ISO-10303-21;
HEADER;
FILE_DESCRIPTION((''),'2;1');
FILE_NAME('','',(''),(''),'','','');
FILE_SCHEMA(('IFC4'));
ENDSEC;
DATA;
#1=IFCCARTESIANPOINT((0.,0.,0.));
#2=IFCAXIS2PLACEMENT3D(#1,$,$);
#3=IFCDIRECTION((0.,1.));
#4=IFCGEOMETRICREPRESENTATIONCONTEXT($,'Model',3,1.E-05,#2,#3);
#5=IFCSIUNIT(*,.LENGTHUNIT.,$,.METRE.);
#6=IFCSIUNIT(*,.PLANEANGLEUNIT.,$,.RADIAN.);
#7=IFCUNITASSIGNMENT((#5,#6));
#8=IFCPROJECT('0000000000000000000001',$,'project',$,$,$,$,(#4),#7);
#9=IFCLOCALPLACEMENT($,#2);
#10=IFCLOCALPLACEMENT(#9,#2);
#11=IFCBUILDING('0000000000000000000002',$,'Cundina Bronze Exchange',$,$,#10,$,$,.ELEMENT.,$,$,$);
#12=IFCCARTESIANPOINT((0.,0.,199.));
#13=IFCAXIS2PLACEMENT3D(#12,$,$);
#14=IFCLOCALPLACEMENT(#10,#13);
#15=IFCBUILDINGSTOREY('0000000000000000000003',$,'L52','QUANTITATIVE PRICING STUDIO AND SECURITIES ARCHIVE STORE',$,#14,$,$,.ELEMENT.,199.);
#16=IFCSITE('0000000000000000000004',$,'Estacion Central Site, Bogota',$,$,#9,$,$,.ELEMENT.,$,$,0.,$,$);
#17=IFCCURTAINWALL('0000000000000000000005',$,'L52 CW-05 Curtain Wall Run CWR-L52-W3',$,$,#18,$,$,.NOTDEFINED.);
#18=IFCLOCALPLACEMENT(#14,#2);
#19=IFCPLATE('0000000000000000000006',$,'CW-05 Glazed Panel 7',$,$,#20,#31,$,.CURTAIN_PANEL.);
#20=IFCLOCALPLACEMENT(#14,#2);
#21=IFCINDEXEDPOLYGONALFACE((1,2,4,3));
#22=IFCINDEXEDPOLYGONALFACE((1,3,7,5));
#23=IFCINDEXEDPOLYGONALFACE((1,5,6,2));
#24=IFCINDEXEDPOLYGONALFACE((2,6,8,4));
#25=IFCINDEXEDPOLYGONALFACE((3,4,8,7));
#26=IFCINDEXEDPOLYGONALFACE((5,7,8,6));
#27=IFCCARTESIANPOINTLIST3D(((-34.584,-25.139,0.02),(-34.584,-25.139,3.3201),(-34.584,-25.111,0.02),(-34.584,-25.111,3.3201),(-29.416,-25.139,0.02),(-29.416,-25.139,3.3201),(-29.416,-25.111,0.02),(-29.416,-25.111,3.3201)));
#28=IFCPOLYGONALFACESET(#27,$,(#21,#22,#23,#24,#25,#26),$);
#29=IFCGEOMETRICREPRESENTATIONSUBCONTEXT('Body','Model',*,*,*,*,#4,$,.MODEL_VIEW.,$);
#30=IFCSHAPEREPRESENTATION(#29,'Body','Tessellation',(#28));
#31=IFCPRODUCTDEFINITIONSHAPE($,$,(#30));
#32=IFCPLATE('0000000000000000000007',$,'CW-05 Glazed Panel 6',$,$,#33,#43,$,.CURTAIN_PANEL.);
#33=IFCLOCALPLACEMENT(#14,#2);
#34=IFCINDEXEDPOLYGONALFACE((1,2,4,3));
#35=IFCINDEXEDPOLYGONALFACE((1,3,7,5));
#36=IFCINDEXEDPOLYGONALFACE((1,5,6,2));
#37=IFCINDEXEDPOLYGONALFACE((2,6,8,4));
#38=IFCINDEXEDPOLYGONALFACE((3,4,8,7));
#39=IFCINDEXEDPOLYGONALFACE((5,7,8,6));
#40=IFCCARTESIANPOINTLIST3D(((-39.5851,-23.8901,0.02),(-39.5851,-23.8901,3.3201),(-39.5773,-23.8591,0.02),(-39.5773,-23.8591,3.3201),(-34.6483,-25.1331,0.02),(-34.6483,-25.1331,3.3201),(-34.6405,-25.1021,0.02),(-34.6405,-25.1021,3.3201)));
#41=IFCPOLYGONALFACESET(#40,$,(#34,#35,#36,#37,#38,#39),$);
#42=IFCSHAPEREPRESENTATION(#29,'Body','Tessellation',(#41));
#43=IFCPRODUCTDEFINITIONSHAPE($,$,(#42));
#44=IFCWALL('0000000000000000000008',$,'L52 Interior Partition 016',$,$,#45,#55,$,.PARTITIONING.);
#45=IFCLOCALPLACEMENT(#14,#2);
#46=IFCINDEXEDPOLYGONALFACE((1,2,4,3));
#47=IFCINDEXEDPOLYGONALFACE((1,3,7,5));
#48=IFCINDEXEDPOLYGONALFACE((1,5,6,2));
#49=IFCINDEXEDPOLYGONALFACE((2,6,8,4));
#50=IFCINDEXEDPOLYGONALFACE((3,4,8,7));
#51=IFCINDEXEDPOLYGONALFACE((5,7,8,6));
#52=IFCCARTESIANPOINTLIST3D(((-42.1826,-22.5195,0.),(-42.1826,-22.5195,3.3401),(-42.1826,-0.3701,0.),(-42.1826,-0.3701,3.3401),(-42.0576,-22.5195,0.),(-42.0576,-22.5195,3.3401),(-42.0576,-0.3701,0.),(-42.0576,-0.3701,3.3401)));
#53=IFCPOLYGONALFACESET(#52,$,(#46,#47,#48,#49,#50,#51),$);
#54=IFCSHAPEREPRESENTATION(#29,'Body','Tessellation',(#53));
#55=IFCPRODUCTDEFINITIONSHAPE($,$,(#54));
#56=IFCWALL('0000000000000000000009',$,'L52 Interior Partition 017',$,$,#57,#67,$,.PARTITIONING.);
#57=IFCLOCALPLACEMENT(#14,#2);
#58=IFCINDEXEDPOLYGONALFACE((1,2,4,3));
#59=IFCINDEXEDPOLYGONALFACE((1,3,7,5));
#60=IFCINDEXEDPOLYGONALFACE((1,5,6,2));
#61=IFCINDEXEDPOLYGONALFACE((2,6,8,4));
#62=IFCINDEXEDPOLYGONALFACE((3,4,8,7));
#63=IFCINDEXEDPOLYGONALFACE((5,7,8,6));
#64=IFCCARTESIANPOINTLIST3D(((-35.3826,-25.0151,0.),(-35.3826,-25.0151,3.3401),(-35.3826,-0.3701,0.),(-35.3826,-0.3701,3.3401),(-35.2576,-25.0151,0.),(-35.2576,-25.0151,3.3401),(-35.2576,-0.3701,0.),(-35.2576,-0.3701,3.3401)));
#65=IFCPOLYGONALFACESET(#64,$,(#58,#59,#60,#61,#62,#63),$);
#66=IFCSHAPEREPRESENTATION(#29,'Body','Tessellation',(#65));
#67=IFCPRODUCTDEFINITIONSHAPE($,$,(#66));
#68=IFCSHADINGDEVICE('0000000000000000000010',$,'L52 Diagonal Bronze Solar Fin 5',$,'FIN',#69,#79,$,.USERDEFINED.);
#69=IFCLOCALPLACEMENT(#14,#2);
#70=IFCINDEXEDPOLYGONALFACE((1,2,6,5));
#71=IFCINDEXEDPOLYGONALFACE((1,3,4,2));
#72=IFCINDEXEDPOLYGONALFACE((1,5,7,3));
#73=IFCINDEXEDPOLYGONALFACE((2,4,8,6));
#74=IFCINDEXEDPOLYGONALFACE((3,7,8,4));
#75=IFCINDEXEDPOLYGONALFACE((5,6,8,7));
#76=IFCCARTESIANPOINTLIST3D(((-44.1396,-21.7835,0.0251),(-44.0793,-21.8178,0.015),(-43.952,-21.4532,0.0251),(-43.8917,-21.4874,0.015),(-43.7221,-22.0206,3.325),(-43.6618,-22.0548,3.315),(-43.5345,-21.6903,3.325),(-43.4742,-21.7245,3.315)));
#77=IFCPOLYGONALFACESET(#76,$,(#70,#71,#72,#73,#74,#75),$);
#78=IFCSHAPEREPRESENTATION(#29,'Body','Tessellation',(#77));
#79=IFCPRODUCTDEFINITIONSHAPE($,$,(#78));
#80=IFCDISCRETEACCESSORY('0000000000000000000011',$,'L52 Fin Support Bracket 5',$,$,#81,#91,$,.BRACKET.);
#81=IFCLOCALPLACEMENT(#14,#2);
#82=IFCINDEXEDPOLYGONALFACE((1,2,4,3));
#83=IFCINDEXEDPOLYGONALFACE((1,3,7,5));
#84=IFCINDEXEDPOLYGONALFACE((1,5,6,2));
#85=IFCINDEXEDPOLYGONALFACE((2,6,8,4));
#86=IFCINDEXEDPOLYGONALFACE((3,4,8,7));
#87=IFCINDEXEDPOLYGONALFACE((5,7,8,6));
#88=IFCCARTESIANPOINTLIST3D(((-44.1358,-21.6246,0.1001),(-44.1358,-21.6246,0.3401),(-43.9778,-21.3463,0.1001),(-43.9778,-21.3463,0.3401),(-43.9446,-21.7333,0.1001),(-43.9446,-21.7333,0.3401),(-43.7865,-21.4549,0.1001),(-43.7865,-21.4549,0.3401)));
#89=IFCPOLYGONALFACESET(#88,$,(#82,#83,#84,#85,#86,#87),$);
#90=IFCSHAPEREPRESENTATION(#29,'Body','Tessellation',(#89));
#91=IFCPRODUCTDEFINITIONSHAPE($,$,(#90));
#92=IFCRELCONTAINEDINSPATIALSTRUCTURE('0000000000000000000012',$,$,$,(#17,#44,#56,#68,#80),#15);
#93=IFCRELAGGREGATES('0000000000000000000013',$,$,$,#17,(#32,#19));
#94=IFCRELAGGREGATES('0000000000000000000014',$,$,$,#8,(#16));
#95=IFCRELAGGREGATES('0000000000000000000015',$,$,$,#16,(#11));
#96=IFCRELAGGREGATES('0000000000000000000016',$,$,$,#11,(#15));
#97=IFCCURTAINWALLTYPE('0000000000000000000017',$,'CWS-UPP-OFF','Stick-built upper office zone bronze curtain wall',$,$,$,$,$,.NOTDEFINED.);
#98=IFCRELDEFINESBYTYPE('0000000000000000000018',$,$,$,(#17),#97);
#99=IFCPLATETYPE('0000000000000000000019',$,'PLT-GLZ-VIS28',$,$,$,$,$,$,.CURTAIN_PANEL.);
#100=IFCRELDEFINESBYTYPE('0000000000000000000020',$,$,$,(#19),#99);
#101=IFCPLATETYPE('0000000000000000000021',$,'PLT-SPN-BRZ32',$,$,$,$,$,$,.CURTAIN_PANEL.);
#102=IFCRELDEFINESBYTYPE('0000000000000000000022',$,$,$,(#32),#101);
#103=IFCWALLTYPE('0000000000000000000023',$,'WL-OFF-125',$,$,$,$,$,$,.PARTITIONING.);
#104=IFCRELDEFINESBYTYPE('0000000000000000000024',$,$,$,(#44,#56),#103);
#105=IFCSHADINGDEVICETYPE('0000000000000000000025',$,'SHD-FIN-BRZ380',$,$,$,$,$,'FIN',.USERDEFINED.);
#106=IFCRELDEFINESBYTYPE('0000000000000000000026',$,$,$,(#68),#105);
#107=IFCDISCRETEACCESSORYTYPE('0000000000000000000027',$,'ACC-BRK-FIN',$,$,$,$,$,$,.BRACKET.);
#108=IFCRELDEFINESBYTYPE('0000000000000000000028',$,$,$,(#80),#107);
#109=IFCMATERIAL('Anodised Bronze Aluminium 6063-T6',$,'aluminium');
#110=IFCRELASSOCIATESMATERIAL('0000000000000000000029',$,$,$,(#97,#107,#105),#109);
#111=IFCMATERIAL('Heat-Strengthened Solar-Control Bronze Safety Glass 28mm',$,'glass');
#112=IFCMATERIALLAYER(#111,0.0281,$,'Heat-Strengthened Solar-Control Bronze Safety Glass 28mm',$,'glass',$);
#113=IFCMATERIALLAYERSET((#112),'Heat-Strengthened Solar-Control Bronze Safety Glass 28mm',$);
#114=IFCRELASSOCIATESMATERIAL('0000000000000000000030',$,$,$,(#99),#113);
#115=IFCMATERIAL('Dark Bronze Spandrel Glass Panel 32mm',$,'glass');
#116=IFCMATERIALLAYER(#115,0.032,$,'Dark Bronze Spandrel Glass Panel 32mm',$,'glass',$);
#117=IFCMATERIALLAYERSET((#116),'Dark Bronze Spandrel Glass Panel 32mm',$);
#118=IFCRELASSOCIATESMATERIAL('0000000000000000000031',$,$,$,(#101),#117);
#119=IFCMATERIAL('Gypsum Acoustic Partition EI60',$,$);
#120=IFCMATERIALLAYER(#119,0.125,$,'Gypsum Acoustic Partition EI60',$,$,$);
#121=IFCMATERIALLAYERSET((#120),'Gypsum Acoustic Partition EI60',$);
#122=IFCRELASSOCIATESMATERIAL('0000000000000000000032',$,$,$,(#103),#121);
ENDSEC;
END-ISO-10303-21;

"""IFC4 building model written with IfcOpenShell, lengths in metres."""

from ifc_helpers import new_model, si_unit, direction, frame, frame_2d, origin, origin_2d, place, context, subcontext, project, spatial, rectangle, extrude, material, layer, layer_set, material_profile, profile_set, type_object, element, aggregate, save


model = new_model("IFC4")

# Units and contexts
model_context = context("Model", 3, precision=1e-05, world=origin(), true_north=direction((0.0, 1.0)))
body_context = subcontext(model_context, "Body", "Model", "MODEL_VIEW")
ifc_project = project(units=[si_unit("LENGTHUNIT", "METRE"), si_unit("PLANEANGLEUNIT", "RADIAN")], contexts=[model_context])

# Site, building, storey
site_placement = place(None, origin())
site = spatial("IfcSite", under=ifc_project, at=site_placement, Name="Estacion Central Site, Bogota", CompositionType="ELEMENT", RefElevation=0.0)
building_placement = place(site_placement, origin())
building = spatial("IfcBuilding", under=site, at=building_placement, Name="Cundina Bronze Exchange", CompositionType="ELEMENT")
storey_placement = place(building_placement, frame((0.0, 0.0, 199.0)))
storey = spatial("IfcBuildingStorey", under=building, at=storey_placement, Name="L52", Description="QUANTITATIVE PRICING STUDIO AND SECURITIES ARCHIVE STORE", CompositionType="ELEMENT", Elevation=199.0)

# Curtain wall
ifc_material_1 = material(Name="Anodised Bronze Aluminium 6063-T6", Category="aluminium")
curtain_wall_type = type_object("IfcCurtainWallType", Name="CWS-UPP-OFF", Description="Stick-built upper office zone bronze curtain wall", PredefinedType="NOTDEFINED", material=ifc_material_1)
curtain_wall_1_placement = place(storey_placement, origin())
curtain_wall_1 = element("IfcCurtainWall", 1, at=curtain_wall_1_placement, inside=storey, type_object=curtain_wall_type, Name="L52 CW-05 Curtain Wall Run CWR-L52-W3", PredefinedType="NOTDEFINED")

# Plates
ifc_material_2 = material(Name="Heat-Strengthened Solar-Control Bronze Safety Glass 28mm", Category="glass")
ifc_layer_1 = layer(ifc_material_2, 0.0281, Name="Heat-Strengthened Solar-Control Bronze Safety Glass 28mm", Category="glass")
ifc_layer_set_1 = layer_set([ifc_layer_1], Name="Heat-Strengthened Solar-Control Bronze Safety Glass 28mm")
plate_type_1 = type_object("IfcPlateType", Name="PLT-GLZ-VIS28", PredefinedType="CURTAIN_PANEL", material=ifc_layer_set_1)
plate_1_placement = place(storey_placement, frame((-32.0, -25.125, 0.02), z_axis=(0.0, 0.0, 1.0), x_axis=(1.0, 0.0, 0.0)))
plate_1 = element("IfcPlate", 2, at=plate_1_placement, type_object=plate_type_1, Name="CW-05 Glazed Panel 7", PredefinedType="CURTAIN_PANEL", context=body_context, shape_type="SweptSolid", body=[
    extrude(rectangle(XDim=5.168, YDim=0.0281, at=origin_2d()), origin(), (0.0, 0.0, 1.0), 3.3),
])
ifc_material_3 = material(Name="Dark Bronze Spandrel Glass Panel 32mm", Category="glass")
ifc_layer_2 = layer(ifc_material_3, 0.032, Name="Dark Bronze Spandrel Glass Panel 32mm", Category="glass")
ifc_layer_set_2 = layer_set([ifc_layer_2], Name="Dark Bronze Spandrel Glass Panel 32mm")
plate_type_2 = type_object("IfcPlateType", Name="PLT-SPN-BRZ32", PredefinedType="CURTAIN_PANEL", material=ifc_layer_set_2)
plate_2_placement = place(storey_placement, frame((-37.1128, -24.4961, 0.02), z_axis=(0.0, 0.0, 1.0), x_axis=(0.969732, -0.244174, 0.0)))
plate_2 = element("IfcPlate", 3, at=plate_2_placement, type_object=plate_type_2, Name="CW-05 Glazed Panel 6", PredefinedType="CURTAIN_PANEL", context=body_context, shape_type="SweptSolid", body=[
    extrude(rectangle(XDim=5.0908, YDim=0.032, at=origin_2d()), origin(), (0.0, 0.0, 1.0), 3.3),
])
aggregate(curtain_wall_1, [plate_2, plate_1])

# Walls
ifc_material_4 = material(Name="Gypsum Acoustic Partition EI60")
ifc_layer_3 = layer(ifc_material_4, 0.125, Name="Gypsum Acoustic Partition EI60")
ifc_layer_set_3 = layer_set([ifc_layer_3], Name="Gypsum Acoustic Partition EI60")
wall_type = type_object("IfcWallType", Name="WL-OFF-125", PredefinedType="PARTITIONING", material=ifc_layer_set_3)
wall_1_placement = place(storey_placement, frame((-42.1201, -22.5195, 0.0), z_axis=(0.0, 0.0, 1.0), x_axis=(0.0, 1.0, 0.0)))
element("IfcWall", 4, at=wall_1_placement, inside=storey, type_object=wall_type, Name="L52 Interior Partition 016", PredefinedType="PARTITIONING", context=body_context, shape_type="SweptSolid", body=[
    extrude(rectangle(XDim=22.1494, YDim=0.125, at=frame_2d((11.0747, 0.0))), origin(), (0.0, 0.0, 1.0), 3.3401),
])
wall_2_placement = place(storey_placement, frame((-35.3201, -25.0151, 0.0), z_axis=(0.0, 0.0, 1.0), x_axis=(0.0, 1.0, 0.0)))
element("IfcWall", 5, at=wall_2_placement, inside=storey, type_object=wall_type, Name="L52 Interior Partition 017", PredefinedType="PARTITIONING", context=body_context, shape_type="SweptSolid", body=[
    extrude(rectangle(XDim=24.645, YDim=0.125, at=frame_2d((12.3225, 0.0))), origin(), (0.0, 0.0, 1.0), 3.3401),
])

# Shading device
ifc_material_profile_1 = material_profile(ifc_material_1, rectangle(XDim=0.0701, YDim=0.3799, at=origin_2d()), Name="FIN70X380", Category="aluminium")
ifc_profile_set_1 = profile_set([ifc_material_profile_1], Name="Anodised Bronze Aluminium 6063-T6")
shading_device_type = type_object("IfcShadingDeviceType", Name="SHD-FIN-BRZ380", ElementType="FIN", PredefinedType="USERDEFINED", material=ifc_profile_set_1)
shading_device_placement = place(storey_placement, frame((-44.0156, -21.6355, 0.02), z_axis=(0.12519, -0.071087, 0.989583), x_axis=(-0.860527, 0.488638, 0.143965)))
element("IfcShadingDevice", 6, at=shading_device_placement, inside=storey, type_object=shading_device_type, Name="L52 Diagonal Bronze Solar Fin 5", ObjectType="FIN", PredefinedType="USERDEFINED", context=body_context, shape_type="SweptSolid", body=[
    extrude(rectangle(XDim=0.0701, YDim=0.3799, at=origin_2d()), origin(), (0.0, 0.0, 1.0), 3.3347),
])

# Discrete accessory
discrete_accessory_type = type_object("IfcDiscreteAccessoryType", Name="ACC-BRK-FIN", PredefinedType="BRACKET", material=ifc_material_1)
discrete_accessory_placement = place(storey_placement, frame((-43.9612, -21.5398, 0.1001), z_axis=(0.0, 0.0, 1.0), x_axis=(0.869573, -0.493805, 0.0)))
element("IfcDiscreteAccessory", 7, at=discrete_accessory_placement, inside=storey, type_object=discrete_accessory_type, Name="L52 Fin Support Bracket 5", PredefinedType="BRACKET", context=body_context, shape_type="SweptSolid", body=[
    extrude(rectangle(XDim=0.22, YDim=0.3201, at=origin_2d()), origin(), (0.0, 0.0, 1.0), 0.24),
])

save(model, "model.ifc")
